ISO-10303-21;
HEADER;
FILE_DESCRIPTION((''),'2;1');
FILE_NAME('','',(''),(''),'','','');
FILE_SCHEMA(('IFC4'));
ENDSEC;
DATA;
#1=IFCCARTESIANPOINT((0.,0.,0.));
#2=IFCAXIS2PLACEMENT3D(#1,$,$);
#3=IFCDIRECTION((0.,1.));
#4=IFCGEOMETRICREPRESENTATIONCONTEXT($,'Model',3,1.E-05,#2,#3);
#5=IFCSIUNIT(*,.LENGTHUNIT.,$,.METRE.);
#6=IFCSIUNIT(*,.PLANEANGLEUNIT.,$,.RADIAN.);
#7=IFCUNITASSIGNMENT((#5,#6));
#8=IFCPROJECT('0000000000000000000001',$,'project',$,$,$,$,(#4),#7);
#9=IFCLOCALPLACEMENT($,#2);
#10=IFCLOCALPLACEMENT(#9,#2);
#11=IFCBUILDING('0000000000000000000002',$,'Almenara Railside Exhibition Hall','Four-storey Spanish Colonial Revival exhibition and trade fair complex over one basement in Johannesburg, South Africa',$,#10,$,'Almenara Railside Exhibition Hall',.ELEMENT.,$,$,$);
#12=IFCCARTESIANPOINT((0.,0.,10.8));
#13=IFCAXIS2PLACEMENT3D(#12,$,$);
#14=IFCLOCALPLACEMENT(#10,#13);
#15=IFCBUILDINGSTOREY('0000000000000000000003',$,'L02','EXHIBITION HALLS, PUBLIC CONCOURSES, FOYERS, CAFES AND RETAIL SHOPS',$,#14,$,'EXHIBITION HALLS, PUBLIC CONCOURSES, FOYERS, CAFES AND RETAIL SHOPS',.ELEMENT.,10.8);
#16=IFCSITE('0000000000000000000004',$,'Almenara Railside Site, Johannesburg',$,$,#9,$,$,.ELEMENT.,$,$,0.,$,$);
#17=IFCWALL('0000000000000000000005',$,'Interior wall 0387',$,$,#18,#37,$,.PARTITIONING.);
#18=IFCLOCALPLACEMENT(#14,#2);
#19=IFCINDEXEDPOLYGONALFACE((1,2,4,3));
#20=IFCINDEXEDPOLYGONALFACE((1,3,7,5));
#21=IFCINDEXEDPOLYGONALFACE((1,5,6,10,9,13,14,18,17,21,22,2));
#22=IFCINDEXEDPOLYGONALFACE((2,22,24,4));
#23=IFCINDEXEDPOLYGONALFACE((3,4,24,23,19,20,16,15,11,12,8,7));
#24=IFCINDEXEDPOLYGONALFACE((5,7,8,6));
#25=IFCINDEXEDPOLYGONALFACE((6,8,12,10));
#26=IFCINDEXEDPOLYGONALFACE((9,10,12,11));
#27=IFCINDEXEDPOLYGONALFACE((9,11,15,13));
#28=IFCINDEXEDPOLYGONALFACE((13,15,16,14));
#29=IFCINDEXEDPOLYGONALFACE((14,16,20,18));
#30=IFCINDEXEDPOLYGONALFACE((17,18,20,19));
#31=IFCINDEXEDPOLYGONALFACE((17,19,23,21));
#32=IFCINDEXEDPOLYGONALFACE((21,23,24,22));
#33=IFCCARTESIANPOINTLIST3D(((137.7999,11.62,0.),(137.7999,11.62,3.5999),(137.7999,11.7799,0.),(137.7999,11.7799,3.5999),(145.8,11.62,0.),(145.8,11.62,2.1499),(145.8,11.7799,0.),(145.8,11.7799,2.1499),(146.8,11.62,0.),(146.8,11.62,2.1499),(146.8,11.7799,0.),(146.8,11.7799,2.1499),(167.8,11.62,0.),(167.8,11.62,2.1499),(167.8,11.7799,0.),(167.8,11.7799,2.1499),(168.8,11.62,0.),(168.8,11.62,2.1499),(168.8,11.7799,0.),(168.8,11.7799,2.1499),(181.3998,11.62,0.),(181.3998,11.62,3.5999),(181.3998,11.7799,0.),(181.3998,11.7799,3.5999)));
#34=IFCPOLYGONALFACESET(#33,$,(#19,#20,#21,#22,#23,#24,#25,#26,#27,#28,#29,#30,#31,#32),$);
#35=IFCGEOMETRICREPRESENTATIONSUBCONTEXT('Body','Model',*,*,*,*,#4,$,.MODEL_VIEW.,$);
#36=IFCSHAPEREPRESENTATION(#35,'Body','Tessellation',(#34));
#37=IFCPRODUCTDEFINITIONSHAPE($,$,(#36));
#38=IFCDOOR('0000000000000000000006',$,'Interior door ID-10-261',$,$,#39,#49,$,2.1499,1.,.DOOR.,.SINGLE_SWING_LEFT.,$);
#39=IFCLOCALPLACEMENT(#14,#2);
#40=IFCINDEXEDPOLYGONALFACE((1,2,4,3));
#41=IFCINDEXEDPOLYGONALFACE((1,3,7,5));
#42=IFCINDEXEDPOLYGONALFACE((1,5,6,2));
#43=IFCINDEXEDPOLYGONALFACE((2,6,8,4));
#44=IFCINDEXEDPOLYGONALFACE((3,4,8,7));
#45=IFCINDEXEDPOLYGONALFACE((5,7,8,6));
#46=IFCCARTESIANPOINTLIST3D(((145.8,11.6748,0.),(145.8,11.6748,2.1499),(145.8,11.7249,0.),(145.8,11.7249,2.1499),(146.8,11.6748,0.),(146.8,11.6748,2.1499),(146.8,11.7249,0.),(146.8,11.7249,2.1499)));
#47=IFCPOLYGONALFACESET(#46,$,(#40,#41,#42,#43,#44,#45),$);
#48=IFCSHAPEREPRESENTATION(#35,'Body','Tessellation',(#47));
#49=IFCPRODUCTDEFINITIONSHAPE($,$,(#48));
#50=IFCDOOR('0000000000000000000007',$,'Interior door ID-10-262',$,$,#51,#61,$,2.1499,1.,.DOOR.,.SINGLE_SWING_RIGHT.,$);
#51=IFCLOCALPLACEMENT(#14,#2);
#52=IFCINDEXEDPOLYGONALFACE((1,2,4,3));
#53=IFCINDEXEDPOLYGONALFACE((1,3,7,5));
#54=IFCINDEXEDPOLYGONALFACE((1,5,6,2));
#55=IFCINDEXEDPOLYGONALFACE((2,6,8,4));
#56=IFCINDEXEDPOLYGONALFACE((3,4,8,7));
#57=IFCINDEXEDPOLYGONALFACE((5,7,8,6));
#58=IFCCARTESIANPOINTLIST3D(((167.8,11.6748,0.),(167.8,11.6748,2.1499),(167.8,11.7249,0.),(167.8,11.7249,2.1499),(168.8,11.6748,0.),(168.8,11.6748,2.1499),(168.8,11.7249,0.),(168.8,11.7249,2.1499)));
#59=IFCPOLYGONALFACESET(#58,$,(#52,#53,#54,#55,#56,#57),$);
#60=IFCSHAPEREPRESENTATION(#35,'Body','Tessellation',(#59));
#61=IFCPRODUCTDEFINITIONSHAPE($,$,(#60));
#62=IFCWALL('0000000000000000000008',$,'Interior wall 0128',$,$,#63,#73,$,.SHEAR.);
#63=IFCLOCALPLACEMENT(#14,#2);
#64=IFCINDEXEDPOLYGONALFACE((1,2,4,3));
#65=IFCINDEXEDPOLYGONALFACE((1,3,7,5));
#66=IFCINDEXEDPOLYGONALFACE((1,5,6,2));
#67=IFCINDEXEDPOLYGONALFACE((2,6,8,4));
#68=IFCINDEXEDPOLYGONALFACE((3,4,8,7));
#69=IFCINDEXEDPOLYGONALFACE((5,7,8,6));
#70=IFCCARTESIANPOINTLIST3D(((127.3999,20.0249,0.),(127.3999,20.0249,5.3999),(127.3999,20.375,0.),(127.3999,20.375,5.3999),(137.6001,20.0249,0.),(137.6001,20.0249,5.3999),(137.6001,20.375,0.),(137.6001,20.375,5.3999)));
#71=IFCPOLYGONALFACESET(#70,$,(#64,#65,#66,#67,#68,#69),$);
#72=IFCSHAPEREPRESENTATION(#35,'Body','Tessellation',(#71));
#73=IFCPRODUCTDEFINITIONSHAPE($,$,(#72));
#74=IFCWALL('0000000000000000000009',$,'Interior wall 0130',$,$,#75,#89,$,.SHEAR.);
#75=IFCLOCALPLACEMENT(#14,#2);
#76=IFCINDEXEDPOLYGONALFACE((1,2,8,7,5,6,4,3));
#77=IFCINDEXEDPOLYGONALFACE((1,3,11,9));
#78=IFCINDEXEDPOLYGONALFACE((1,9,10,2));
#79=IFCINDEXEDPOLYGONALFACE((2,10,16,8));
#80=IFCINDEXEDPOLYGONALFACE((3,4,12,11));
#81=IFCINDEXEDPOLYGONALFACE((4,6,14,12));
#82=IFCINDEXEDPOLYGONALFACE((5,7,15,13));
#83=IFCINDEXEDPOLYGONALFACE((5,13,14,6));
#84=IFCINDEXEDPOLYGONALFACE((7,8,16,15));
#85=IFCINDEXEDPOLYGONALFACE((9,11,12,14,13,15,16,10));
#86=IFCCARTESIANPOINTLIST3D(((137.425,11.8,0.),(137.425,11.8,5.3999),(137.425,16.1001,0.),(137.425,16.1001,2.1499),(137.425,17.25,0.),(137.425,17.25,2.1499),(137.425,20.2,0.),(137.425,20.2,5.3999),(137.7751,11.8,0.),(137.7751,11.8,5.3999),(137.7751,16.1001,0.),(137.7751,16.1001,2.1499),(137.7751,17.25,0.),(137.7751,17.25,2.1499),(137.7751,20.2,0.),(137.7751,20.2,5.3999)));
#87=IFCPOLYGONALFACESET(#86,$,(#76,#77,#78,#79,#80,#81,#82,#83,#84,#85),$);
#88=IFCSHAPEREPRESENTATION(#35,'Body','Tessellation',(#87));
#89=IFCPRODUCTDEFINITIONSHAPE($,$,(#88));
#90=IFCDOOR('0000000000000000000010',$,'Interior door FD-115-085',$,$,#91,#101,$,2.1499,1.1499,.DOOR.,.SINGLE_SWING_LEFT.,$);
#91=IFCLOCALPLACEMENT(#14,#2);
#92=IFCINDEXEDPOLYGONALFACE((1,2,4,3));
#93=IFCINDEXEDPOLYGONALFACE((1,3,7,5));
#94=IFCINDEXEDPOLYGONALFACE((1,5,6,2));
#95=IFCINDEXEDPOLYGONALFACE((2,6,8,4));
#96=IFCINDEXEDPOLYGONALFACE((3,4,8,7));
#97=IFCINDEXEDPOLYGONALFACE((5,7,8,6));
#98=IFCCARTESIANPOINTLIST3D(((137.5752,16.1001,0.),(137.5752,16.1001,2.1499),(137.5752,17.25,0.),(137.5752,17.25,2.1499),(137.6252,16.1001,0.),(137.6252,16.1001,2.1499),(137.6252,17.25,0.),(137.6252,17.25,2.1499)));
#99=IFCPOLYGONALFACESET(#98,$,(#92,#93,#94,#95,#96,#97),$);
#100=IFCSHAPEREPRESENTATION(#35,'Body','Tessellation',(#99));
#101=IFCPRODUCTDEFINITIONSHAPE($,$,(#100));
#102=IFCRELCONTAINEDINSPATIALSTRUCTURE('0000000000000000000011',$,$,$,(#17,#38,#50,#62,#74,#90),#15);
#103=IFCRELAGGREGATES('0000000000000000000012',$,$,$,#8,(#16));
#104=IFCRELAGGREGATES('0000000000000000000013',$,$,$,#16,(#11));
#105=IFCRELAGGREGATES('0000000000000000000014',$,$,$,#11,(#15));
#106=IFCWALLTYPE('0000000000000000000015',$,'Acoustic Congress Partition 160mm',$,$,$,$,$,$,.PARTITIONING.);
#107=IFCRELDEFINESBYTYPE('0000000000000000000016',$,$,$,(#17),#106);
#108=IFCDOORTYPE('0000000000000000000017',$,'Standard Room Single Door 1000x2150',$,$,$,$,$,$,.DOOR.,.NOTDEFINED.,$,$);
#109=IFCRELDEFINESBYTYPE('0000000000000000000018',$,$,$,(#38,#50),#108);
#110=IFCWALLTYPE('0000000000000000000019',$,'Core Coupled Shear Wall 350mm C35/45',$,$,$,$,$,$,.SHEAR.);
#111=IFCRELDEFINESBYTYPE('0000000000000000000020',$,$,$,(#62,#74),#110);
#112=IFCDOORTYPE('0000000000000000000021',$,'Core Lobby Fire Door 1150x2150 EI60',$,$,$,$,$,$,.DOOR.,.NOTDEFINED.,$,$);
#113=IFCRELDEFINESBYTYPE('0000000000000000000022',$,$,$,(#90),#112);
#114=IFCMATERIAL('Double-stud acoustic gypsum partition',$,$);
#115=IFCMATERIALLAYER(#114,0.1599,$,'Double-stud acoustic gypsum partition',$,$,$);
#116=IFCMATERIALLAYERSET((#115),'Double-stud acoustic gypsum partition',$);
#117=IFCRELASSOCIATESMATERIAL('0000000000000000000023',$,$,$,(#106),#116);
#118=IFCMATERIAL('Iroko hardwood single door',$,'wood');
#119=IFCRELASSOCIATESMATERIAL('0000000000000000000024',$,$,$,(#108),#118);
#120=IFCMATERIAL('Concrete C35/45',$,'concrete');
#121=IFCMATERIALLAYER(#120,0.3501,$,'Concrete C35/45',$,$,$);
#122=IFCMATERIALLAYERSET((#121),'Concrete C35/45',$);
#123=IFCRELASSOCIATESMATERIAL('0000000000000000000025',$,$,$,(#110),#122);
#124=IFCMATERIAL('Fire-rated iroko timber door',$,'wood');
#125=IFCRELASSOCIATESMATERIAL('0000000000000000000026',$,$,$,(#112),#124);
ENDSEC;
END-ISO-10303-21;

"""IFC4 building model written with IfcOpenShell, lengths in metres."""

from ifc_helpers import new_model, si_unit, direction, frame, frame_2d, origin, place, context, subcontext, project, spatial, rectangle, extrude, material, layer, layer_set, type_object, element, fill, save


model = new_model("IFC4")

# Units and contexts
model_context = context("Model", 3, precision=1e-05, world=origin(), true_north=direction((0.0, 1.0)))
body_context = subcontext(model_context, "Body", "Model", "MODEL_VIEW")
ifc_project = project(units=[si_unit("LENGTHUNIT", "METRE"), si_unit("PLANEANGLEUNIT", "RADIAN")], contexts=[model_context])

# Site, building, storey
site_placement = place(None, origin())
site = spatial("IfcSite", under=ifc_project, at=site_placement, Name="Almenara Railside Site, Johannesburg", CompositionType="ELEMENT", RefElevation=0.0)
building_placement = place(site_placement, origin())
building = spatial("IfcBuilding", under=site, at=building_placement, Name="Almenara Railside Exhibition Hall", Description="Four-storey Spanish Colonial Revival exhibition and trade fair complex over one basement in Johannesburg, South Africa", LongName="Almenara Railside Exhibition Hall", CompositionType="ELEMENT")
storey_placement = place(building_placement, frame((0.0, 0.0, 10.8)))
storey = spatial("IfcBuildingStorey", under=building, at=storey_placement, Name="L02", Description="EXHIBITION HALLS, PUBLIC CONCOURSES, FOYERS, CAFES AND RETAIL SHOPS", LongName="EXHIBITION HALLS, PUBLIC CONCOURSES, FOYERS, CAFES AND RETAIL SHOPS", CompositionType="ELEMENT", Elevation=10.8)

# Shared definitions
ifc_material_1 = material(Name="Concrete C35/45", Category="concrete")

# Wall, openings, doors
ifc_material_2 = material(Name="Double-stud acoustic gypsum partition")
ifc_layer_1 = layer(ifc_material_2, 0.1599, Name="Double-stud acoustic gypsum partition")
ifc_layer_set_1 = layer_set([ifc_layer_1], Name="Double-stud acoustic gypsum partition")
wall_type_1 = type_object("IfcWallType", Name="Acoustic Congress Partition 160mm", PredefinedType="PARTITIONING", material=ifc_layer_set_1)
wall_1_placement = place(storey_placement, frame((137.8, 11.7, 0.0), z_axis=(0.0, 0.0, 1.0), x_axis=(1.0, 0.0, 0.0)))
wall_1 = element("IfcWall", 1, at=wall_1_placement, inside=storey, type_object=wall_type_1, Name="Interior wall 0387", PredefinedType="PARTITIONING", context=body_context, shape_type="SweptSolid", body=[
    extrude(rectangle(XDim=43.5999, YDim=0.1599, at=frame_2d((21.7998, 0.0))), origin(), (0.0, 0.0, 1.0), 3.5999),
])
opening_1_placement = place(wall_1_placement, frame((8.0, 0.0, 0.0)))
opening_1 = element("IfcOpeningElement", 2, at=opening_1_placement, cuts=wall_1, PredefinedType="OPENING", context=body_context, shape_type="SweptSolid", body=[
    extrude(rectangle(XDim=1.0, YDim=2.1499, at=frame_2d((0.5, 1.075))), frame((0.0, 0.0898, 0.0), z_axis=(0.0, -1.0, 0.0), x_axis=(1.0, 0.0, 0.0)), (0.0, 0.0, 1.0), 0.1799),
])
opening_2_placement = place(wall_1_placement, frame((30.0, 0.0, 0.0)))
opening_2 = element("IfcOpeningElement", 3, at=opening_2_placement, cuts=wall_1, PredefinedType="OPENING", context=body_context, shape_type="SweptSolid", body=[
    extrude(rectangle(XDim=1.0, YDim=2.1499, at=frame_2d((0.5, 1.075))), frame((0.0, 0.0898, 0.0), z_axis=(0.0, -1.0, 0.0), x_axis=(1.0, 0.0, 0.0)), (0.0, 0.0, 1.0), 0.1799),
])
ifc_material_3 = material(Name="Iroko hardwood single door", Category="wood")
door_type_1 = type_object("IfcDoorType", Name="Standard Room Single Door 1000x2150", OperationType="NOTDEFINED", PredefinedType="DOOR", material=ifc_material_3)
door_1_placement = place(opening_1_placement, origin())
door_1 = element("IfcDoor", 4, at=door_1_placement, inside=storey, type_object=door_type_1, Name="Interior door ID-10-261", OperationType="SINGLE_SWING_LEFT", OverallHeight=2.1499, OverallWidth=1.0, PredefinedType="DOOR", context=body_context, shape_type="SweptSolid", body=[
    extrude(rectangle(XDim=1.0, YDim=2.1499, at=frame_2d((0.5, 1.075))), frame((0.0, 0.0249, 0.0), z_axis=(0.0, -1.0, 0.0), x_axis=(1.0, 0.0, 0.0)), (0.0, 0.0, 1.0), 0.05),
])
fill(opening_1, door_1)
door_2_placement = place(opening_2_placement, origin())
door_2 = element("IfcDoor", 5, at=door_2_placement, inside=storey, type_object=door_type_1, Name="Interior door ID-10-262", OperationType="SINGLE_SWING_RIGHT", OverallHeight=2.1499, OverallWidth=1.0, PredefinedType="DOOR", context=body_context, shape_type="SweptSolid", body=[
    extrude(rectangle(XDim=1.0, YDim=2.1499, at=frame_2d((0.5, 1.075))), frame((0.0, 0.0249, 0.0), z_axis=(0.0, -1.0, 0.0), x_axis=(1.0, 0.0, 0.0)), (0.0, 0.0, 1.0), 0.05),
])
fill(opening_2, door_2)

# Wall
ifc_layer_2 = layer(ifc_material_1, 0.3501, Name="Concrete C35/45")
ifc_layer_set_2 = layer_set([ifc_layer_2], Name="Concrete C35/45")
wall_type_2 = type_object("IfcWallType", Name="Core Coupled Shear Wall 350mm C35/45", PredefinedType="SHEAR", material=ifc_layer_set_2)
wall_2_placement = place(storey_placement, frame((137.6001, 20.2, 0.0), z_axis=(0.0, 0.0, 1.0), x_axis=(-1.0, 0.0, 0.0)))
element("IfcWall", 6, at=wall_2_placement, inside=storey, type_object=wall_type_2, Name="Interior wall 0128", PredefinedType="SHEAR", context=body_context, shape_type="SweptSolid", body=[
    extrude(rectangle(XDim=10.2002, YDim=0.3501, at=frame_2d((5.1001, 0.0))), origin(), (0.0, 0.0, 1.0), 5.3999),
])

# Wall, opening, door
wall_3_placement = place(storey_placement, frame((137.6001, 11.8, 0.0), z_axis=(0.0, 0.0, 1.0), x_axis=(0.0, 1.0, 0.0)))
wall_3 = element("IfcWall", 7, at=wall_3_placement, inside=storey, type_object=wall_type_2, Name="Interior wall 0130", PredefinedType="SHEAR", context=body_context, shape_type="SweptSolid", body=[
    extrude(rectangle(XDim=8.3999, YDim=0.3501, at=frame_2d((4.2, 0.0))), origin(), (0.0, 0.0, 1.0), 5.3999),
])
opening_3_placement = place(wall_3_placement, frame((4.3, 0.0, 0.0)))
opening_3 = element("IfcOpeningElement", 8, at=opening_3_placement, cuts=wall_3, PredefinedType="OPENING", context=body_context, shape_type="SweptSolid", body=[
    extrude(rectangle(XDim=1.1499, YDim=2.1499, at=frame_2d((0.575, 1.075))), frame((0.0, 0.1851, 0.0), z_axis=(0.0, -1.0, 0.0), x_axis=(1.0, 0.0, 0.0)), (0.0, 0.0, 1.0), 0.3701),
])
ifc_material_4 = material(Name="Fire-rated iroko timber door", Category="wood")
door_type_2 = type_object("IfcDoorType", Name="Core Lobby Fire Door 1150x2150 EI60", OperationType="NOTDEFINED", PredefinedType="DOOR", material=ifc_material_4)
door_3_placement = place(opening_3_placement, origin())
door_3 = element("IfcDoor", 9, at=door_3_placement, inside=storey, type_object=door_type_2, Name="Interior door FD-115-085", OperationType="SINGLE_SWING_LEFT", OverallHeight=2.1499, OverallWidth=1.1499, PredefinedType="DOOR", context=body_context, shape_type="SweptSolid", body=[
    extrude(rectangle(XDim=1.1499, YDim=2.1499, at=frame_2d((0.575, 1.075))), frame((0.0, 0.0249, 0.0), z_axis=(0.0, -1.0, 0.0), x_axis=(1.0, 0.0, 0.0)), (0.0, 0.0, 1.0), 0.05),
])
fill(opening_3, door_3)

save(model, "model.ifc")
